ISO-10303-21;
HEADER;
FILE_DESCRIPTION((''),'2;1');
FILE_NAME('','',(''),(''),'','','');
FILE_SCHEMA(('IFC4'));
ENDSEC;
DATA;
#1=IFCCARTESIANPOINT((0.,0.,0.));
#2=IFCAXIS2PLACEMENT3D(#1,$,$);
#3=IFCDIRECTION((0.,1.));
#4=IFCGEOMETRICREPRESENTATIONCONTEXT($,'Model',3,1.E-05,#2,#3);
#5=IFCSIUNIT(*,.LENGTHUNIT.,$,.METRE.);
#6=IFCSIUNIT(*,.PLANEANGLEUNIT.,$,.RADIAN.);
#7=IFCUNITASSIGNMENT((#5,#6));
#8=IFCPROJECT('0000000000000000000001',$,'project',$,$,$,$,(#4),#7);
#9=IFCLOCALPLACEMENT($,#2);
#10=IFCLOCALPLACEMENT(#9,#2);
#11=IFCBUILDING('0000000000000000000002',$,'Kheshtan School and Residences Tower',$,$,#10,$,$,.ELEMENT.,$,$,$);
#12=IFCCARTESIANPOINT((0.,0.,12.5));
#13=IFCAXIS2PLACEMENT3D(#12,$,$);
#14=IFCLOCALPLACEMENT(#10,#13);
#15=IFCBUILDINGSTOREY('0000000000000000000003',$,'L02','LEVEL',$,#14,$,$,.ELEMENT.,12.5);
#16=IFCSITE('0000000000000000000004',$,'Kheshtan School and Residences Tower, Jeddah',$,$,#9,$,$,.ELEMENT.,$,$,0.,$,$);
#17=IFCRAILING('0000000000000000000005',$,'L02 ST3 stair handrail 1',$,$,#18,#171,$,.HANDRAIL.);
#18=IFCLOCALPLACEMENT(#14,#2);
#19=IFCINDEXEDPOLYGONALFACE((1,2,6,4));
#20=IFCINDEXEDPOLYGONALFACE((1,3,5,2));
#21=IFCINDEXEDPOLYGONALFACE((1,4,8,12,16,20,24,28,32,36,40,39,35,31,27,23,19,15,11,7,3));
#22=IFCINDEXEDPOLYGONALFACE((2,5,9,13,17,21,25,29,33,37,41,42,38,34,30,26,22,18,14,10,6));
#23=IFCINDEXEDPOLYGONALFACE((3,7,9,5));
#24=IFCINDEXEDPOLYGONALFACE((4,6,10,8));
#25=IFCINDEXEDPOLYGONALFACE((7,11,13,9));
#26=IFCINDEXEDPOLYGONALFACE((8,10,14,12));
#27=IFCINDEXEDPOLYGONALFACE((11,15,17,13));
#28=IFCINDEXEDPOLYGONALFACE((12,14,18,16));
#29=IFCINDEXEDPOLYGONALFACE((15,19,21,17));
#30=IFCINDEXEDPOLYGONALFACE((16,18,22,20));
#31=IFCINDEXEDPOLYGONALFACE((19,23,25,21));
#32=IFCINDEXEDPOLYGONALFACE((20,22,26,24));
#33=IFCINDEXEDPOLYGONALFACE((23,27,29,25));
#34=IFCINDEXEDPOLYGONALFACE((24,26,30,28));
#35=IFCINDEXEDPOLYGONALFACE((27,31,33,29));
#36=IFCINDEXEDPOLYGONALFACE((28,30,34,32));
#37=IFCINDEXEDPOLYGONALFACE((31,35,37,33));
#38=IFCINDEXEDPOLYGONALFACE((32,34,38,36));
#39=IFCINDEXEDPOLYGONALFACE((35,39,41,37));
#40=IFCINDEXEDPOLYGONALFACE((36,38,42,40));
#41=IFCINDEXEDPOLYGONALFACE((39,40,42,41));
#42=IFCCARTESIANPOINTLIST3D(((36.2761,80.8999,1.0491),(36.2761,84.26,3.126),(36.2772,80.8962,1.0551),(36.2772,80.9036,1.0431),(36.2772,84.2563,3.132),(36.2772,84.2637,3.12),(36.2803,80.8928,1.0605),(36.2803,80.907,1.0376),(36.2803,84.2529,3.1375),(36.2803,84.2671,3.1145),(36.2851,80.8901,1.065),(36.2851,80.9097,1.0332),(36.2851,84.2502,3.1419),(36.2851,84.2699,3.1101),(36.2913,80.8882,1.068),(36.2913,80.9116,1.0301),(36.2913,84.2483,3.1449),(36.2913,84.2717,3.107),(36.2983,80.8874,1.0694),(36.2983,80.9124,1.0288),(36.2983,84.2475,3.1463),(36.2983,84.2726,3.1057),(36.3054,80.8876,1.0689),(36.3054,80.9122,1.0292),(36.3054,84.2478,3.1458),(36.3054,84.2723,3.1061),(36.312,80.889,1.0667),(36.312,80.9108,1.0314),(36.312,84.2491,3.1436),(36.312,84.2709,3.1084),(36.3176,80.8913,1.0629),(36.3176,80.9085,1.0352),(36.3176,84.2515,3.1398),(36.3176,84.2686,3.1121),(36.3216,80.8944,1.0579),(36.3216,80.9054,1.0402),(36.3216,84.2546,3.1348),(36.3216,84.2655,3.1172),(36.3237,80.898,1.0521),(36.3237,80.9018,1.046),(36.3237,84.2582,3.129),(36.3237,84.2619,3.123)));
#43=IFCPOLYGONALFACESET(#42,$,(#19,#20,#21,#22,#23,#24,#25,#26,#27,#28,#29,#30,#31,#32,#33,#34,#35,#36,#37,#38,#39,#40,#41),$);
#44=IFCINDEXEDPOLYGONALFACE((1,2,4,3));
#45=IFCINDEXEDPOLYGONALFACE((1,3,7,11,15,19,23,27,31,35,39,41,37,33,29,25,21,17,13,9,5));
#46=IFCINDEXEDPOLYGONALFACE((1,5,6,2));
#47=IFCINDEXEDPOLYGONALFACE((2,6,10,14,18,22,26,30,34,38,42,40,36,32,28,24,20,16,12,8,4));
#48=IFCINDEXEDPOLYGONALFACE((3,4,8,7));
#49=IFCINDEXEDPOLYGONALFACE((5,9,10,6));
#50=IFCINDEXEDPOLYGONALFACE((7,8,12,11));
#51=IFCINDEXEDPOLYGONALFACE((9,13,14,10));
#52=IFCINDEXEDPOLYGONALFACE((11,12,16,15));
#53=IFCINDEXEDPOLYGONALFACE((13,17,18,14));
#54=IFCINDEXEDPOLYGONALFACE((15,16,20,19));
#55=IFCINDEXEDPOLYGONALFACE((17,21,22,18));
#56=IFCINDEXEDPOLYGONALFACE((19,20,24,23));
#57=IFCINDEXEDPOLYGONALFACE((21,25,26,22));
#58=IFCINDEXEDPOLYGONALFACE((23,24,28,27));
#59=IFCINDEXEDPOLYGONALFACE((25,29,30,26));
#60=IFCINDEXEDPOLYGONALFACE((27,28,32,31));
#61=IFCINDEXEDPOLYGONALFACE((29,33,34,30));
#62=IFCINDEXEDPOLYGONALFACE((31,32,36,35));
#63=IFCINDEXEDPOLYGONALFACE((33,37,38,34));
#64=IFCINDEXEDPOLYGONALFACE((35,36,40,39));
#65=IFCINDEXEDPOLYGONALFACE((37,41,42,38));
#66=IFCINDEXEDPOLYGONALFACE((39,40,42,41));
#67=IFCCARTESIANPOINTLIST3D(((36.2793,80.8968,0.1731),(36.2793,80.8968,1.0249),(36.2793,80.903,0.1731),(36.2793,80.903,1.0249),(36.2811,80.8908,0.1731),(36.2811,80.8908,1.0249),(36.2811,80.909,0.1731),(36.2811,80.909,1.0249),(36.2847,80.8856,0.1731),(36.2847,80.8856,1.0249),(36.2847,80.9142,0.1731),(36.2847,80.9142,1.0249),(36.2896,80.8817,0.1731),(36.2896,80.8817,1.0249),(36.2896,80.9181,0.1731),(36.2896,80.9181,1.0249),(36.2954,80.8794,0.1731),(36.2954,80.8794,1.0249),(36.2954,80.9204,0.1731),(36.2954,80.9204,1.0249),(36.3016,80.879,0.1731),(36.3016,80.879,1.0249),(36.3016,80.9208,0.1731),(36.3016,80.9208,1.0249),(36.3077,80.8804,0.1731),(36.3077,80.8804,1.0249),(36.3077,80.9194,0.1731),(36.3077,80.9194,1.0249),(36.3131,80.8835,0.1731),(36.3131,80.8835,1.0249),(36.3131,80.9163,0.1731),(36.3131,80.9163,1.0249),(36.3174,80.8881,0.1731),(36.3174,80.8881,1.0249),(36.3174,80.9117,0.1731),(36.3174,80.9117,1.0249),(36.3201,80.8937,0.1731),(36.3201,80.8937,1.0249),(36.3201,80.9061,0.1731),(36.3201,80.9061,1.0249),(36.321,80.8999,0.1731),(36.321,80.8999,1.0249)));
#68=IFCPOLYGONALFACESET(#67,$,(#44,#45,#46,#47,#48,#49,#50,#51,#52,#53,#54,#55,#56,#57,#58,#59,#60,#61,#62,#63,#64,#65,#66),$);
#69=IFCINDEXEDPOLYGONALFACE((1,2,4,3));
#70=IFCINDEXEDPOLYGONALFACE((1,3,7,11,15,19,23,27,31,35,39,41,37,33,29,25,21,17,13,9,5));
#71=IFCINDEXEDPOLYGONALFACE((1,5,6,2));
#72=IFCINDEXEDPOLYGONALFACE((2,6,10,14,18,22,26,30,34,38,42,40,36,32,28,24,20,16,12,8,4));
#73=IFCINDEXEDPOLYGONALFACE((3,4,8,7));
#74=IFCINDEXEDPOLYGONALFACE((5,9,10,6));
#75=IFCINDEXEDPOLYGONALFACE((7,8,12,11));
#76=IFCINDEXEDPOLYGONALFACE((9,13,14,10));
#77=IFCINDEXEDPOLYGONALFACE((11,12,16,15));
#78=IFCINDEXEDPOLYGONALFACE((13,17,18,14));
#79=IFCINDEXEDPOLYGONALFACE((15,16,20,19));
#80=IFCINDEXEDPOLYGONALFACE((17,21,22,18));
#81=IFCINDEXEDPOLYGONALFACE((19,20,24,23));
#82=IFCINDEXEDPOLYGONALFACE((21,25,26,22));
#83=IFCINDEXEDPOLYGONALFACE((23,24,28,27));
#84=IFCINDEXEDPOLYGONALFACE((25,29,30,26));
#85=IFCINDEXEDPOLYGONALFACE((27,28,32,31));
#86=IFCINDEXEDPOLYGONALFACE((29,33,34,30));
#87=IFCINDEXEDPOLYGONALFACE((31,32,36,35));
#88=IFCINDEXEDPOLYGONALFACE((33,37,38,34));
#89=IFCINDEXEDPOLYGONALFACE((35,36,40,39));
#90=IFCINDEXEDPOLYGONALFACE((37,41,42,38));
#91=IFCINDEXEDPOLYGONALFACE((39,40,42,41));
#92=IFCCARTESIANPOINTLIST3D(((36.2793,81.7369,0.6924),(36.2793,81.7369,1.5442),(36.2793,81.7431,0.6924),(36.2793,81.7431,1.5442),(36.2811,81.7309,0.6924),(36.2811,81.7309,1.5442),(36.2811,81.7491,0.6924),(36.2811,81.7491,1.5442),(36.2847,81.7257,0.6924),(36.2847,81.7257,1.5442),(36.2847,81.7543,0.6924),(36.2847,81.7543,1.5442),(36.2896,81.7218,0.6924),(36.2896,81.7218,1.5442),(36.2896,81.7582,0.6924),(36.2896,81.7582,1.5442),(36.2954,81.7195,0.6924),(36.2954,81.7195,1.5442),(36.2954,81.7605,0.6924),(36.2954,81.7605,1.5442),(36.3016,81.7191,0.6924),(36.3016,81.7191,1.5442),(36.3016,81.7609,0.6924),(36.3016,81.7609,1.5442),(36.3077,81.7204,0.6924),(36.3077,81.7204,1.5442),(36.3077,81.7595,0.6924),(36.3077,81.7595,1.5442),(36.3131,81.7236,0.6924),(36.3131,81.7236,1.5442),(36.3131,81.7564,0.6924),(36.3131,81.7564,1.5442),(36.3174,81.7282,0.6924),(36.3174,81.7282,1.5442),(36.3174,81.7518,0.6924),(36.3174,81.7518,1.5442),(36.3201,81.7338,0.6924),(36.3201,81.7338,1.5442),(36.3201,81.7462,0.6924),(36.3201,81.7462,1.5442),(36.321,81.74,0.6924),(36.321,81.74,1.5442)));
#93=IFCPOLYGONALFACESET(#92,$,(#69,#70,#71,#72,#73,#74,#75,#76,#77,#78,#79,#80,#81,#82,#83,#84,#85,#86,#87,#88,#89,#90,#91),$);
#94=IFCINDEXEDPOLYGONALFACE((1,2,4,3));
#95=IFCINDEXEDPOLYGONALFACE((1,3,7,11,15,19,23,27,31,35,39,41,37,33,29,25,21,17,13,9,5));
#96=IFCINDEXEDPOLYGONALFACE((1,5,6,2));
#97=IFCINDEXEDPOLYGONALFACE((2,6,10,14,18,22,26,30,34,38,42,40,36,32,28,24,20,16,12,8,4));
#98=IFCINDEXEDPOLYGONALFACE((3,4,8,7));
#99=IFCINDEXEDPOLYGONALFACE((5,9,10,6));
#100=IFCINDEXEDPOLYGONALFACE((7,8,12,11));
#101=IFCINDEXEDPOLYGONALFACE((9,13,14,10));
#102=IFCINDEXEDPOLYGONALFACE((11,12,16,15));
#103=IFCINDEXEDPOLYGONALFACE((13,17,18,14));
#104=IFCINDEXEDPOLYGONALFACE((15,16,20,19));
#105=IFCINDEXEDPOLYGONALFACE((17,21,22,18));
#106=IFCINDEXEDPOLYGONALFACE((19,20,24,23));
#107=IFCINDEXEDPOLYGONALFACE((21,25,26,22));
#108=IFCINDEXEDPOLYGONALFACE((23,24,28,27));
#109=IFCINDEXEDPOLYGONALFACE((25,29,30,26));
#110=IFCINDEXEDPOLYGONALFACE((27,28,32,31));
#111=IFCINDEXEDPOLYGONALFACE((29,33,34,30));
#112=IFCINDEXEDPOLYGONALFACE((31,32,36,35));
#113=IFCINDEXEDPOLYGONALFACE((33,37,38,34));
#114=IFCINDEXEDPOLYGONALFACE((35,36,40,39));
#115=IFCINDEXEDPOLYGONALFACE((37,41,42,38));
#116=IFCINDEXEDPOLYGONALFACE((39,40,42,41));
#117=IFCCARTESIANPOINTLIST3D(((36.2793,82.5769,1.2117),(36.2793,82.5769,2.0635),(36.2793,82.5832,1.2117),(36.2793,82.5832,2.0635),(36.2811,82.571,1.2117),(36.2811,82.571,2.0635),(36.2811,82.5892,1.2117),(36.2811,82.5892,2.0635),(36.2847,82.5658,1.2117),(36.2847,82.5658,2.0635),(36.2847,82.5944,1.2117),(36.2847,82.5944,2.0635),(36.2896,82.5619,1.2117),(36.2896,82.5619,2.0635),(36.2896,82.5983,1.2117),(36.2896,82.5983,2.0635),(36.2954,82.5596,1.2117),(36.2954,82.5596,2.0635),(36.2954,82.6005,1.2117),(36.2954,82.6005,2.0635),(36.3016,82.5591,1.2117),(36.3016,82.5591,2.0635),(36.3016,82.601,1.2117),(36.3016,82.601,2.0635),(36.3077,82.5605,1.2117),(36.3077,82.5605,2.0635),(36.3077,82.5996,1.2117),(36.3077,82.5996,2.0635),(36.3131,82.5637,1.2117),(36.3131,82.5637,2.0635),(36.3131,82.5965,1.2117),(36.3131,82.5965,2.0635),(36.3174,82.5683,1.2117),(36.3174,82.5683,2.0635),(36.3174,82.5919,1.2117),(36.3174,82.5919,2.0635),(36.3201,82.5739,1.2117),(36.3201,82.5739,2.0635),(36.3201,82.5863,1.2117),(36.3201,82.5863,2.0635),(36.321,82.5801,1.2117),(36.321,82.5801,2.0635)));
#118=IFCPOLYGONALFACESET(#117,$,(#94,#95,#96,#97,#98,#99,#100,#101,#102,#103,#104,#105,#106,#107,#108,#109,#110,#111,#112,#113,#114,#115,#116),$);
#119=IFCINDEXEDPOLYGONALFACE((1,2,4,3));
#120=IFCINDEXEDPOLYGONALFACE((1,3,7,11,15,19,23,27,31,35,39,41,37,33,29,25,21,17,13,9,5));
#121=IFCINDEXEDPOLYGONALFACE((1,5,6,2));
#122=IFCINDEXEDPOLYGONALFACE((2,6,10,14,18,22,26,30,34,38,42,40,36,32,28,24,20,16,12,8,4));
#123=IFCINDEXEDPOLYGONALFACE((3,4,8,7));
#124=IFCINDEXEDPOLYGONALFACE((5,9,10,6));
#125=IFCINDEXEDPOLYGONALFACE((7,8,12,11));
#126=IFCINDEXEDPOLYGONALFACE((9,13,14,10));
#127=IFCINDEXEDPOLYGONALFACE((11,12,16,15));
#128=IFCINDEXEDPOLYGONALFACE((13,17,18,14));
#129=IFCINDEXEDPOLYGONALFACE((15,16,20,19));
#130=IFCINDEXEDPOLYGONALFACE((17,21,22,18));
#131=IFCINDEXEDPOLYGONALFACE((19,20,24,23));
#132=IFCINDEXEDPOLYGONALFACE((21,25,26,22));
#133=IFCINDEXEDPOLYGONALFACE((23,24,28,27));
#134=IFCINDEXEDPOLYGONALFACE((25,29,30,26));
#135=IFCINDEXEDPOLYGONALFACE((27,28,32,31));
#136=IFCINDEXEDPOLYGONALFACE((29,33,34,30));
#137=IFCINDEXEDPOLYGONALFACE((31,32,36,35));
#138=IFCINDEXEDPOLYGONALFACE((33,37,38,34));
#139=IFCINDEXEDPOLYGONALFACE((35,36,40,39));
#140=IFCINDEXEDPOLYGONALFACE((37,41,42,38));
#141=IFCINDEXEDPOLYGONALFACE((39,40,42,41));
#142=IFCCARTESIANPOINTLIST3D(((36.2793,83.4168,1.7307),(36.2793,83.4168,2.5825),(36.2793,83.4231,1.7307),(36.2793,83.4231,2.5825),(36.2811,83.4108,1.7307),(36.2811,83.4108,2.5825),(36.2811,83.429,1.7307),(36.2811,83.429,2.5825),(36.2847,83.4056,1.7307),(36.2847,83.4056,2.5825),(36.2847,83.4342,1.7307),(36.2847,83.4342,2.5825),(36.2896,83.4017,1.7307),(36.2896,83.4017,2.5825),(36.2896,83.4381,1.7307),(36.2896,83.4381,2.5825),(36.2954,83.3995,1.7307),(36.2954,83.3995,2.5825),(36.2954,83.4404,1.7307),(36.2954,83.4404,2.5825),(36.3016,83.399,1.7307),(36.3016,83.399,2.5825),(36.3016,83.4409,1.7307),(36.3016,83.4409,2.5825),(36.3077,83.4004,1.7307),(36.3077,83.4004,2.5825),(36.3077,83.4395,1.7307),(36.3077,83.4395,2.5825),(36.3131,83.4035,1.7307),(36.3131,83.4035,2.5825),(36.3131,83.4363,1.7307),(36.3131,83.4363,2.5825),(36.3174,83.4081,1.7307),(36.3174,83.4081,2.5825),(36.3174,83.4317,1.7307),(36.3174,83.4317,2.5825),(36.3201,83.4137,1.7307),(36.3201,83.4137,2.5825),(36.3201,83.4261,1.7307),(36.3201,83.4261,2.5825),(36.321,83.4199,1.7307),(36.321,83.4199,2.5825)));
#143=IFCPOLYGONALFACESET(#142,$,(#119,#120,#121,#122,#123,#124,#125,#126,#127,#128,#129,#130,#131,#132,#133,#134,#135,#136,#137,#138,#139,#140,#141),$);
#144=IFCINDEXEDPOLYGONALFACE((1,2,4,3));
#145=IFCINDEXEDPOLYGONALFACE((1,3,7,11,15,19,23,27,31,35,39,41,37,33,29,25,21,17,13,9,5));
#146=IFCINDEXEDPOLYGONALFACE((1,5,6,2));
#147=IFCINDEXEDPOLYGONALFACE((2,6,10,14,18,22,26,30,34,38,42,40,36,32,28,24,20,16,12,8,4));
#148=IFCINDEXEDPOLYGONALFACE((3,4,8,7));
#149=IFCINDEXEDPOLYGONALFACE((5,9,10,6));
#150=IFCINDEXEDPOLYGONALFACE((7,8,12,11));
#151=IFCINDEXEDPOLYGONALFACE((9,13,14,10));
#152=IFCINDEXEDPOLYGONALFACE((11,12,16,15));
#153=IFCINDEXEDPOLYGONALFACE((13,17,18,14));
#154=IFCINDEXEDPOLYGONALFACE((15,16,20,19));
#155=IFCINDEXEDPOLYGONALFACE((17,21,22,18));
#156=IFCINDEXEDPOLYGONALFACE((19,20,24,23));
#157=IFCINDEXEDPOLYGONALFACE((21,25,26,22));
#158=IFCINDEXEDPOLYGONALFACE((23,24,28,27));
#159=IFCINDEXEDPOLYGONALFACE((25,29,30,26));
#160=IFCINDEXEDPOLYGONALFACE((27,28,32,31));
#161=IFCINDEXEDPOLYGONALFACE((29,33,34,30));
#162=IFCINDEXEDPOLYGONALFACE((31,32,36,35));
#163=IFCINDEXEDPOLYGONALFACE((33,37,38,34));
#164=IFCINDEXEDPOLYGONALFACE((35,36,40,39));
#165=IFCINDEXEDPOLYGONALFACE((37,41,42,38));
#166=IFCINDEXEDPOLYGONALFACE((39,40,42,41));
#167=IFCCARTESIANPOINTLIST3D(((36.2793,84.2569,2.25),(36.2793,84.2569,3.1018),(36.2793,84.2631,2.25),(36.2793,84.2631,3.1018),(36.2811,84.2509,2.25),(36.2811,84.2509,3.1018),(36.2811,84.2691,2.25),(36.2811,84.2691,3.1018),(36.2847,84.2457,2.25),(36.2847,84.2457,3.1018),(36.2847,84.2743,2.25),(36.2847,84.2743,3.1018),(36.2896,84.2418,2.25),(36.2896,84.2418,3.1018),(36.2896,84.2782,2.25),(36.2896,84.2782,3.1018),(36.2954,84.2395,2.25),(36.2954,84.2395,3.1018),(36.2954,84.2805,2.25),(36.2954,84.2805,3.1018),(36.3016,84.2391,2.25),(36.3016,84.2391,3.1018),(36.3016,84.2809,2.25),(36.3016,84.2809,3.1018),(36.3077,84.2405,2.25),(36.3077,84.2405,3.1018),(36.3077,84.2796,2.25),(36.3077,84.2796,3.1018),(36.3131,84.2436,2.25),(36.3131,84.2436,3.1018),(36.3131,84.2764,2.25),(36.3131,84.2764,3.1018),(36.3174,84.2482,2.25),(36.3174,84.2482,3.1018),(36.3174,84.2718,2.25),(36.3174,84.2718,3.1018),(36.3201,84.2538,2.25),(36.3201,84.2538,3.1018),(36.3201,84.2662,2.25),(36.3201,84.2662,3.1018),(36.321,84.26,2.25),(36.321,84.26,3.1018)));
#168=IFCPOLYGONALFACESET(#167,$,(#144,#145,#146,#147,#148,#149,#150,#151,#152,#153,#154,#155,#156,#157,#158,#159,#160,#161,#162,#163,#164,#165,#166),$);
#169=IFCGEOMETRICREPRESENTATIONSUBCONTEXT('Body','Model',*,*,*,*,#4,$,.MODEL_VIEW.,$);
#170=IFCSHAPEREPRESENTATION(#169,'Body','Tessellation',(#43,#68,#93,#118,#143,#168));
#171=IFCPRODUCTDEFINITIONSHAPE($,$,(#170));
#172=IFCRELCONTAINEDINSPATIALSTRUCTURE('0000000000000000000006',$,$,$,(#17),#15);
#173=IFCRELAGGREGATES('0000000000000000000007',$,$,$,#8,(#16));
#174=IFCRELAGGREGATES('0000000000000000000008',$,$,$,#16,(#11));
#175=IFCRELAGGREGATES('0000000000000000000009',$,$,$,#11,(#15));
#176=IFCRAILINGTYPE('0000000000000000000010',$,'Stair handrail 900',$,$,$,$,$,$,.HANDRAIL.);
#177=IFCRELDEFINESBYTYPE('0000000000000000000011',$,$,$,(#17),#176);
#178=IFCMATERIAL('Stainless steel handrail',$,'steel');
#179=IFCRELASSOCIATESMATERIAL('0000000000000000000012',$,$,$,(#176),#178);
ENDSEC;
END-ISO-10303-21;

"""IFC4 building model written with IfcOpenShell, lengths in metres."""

from ifc_helpers import new_model, si_unit, direction, frame, origin, origin_2d, place, context, subcontext, project, spatial, circle, extrude, material, type_object, element, save


model = new_model("IFC4")

# Units and contexts
model_context = context("Model", 3, precision=1e-05, world=origin(), true_north=direction((0.0, 1.0)))
body_context = subcontext(model_context, "Body", "Model", "MODEL_VIEW")
ifc_project = project(units=[si_unit("LENGTHUNIT", "METRE"), si_unit("PLANEANGLEUNIT", "RADIAN")], contexts=[model_context])

# Site, building, storey
site_placement = place(None, origin())
site = spatial("IfcSite", under=ifc_project, at=site_placement, Name="Kheshtan School and Residences Tower, Jeddah", CompositionType="ELEMENT", RefElevation=0.0)
building_placement = place(site_placement, origin())
building = spatial("IfcBuilding", under=site, at=building_placement, Name="Kheshtan School and Residences Tower", CompositionType="ELEMENT")
storey_placement = place(building_placement, frame((0.0, 0.0, 12.5)))
storey = spatial("IfcBuildingStorey", under=building, at=storey_placement, Name="L02", Description="LEVEL", CompositionType="ELEMENT", Elevation=12.5)

# Railing
ifc_material_1 = material(Name="Stainless steel handrail", Category="steel")
railing_type_1 = type_object("IfcRailingType", Name="Stair handrail 900", PredefinedType="HANDRAIL", material=ifc_material_1)
railing_1_placement = place(storey_placement, frame((36.3, 80.8999, 0.1731)))
element("IfcRailing", 1, at=railing_1_placement, inside=storey, type_object=railing_type_1, Name="L02 ST3 stair handrail 1", PredefinedType="HANDRAIL", context=body_context, shape_type="SweptSolid", body=[
    extrude(circle(Radius=0.0239, at=origin_2d()), frame((0.0, 0.0, 0.876), z_axis=(0.0, 0.850623, 0.525776), x_axis=(-1.0, 0.0, 0.0)), (0.0, 0.0, 1.0), 3.9502),
    extrude(circle(Radius=0.021, at=origin_2d()), origin(), (0.0, 0.0, 1.0), 0.8518),
    extrude(circle(Radius=0.021, at=origin_2d()), frame((0.0, 0.8401, 0.5193)), (0.0, 0.0, 1.0), 0.8518),
    extrude(circle(Radius=0.021, at=origin_2d()), frame((0.0, 1.6802, 1.0386)), (0.0, 0.0, 1.0), 0.8518),
    extrude(circle(Radius=0.021, at=origin_2d()), frame((0.0, 2.52, 1.5576)), (0.0, 0.0, 1.0), 0.8518),
    extrude(circle(Radius=0.021, at=origin_2d()), frame((0.0, 3.3601, 2.0769)), (0.0, 0.0, 1.0), 0.8518),
])

save(model, "model.ifc")
